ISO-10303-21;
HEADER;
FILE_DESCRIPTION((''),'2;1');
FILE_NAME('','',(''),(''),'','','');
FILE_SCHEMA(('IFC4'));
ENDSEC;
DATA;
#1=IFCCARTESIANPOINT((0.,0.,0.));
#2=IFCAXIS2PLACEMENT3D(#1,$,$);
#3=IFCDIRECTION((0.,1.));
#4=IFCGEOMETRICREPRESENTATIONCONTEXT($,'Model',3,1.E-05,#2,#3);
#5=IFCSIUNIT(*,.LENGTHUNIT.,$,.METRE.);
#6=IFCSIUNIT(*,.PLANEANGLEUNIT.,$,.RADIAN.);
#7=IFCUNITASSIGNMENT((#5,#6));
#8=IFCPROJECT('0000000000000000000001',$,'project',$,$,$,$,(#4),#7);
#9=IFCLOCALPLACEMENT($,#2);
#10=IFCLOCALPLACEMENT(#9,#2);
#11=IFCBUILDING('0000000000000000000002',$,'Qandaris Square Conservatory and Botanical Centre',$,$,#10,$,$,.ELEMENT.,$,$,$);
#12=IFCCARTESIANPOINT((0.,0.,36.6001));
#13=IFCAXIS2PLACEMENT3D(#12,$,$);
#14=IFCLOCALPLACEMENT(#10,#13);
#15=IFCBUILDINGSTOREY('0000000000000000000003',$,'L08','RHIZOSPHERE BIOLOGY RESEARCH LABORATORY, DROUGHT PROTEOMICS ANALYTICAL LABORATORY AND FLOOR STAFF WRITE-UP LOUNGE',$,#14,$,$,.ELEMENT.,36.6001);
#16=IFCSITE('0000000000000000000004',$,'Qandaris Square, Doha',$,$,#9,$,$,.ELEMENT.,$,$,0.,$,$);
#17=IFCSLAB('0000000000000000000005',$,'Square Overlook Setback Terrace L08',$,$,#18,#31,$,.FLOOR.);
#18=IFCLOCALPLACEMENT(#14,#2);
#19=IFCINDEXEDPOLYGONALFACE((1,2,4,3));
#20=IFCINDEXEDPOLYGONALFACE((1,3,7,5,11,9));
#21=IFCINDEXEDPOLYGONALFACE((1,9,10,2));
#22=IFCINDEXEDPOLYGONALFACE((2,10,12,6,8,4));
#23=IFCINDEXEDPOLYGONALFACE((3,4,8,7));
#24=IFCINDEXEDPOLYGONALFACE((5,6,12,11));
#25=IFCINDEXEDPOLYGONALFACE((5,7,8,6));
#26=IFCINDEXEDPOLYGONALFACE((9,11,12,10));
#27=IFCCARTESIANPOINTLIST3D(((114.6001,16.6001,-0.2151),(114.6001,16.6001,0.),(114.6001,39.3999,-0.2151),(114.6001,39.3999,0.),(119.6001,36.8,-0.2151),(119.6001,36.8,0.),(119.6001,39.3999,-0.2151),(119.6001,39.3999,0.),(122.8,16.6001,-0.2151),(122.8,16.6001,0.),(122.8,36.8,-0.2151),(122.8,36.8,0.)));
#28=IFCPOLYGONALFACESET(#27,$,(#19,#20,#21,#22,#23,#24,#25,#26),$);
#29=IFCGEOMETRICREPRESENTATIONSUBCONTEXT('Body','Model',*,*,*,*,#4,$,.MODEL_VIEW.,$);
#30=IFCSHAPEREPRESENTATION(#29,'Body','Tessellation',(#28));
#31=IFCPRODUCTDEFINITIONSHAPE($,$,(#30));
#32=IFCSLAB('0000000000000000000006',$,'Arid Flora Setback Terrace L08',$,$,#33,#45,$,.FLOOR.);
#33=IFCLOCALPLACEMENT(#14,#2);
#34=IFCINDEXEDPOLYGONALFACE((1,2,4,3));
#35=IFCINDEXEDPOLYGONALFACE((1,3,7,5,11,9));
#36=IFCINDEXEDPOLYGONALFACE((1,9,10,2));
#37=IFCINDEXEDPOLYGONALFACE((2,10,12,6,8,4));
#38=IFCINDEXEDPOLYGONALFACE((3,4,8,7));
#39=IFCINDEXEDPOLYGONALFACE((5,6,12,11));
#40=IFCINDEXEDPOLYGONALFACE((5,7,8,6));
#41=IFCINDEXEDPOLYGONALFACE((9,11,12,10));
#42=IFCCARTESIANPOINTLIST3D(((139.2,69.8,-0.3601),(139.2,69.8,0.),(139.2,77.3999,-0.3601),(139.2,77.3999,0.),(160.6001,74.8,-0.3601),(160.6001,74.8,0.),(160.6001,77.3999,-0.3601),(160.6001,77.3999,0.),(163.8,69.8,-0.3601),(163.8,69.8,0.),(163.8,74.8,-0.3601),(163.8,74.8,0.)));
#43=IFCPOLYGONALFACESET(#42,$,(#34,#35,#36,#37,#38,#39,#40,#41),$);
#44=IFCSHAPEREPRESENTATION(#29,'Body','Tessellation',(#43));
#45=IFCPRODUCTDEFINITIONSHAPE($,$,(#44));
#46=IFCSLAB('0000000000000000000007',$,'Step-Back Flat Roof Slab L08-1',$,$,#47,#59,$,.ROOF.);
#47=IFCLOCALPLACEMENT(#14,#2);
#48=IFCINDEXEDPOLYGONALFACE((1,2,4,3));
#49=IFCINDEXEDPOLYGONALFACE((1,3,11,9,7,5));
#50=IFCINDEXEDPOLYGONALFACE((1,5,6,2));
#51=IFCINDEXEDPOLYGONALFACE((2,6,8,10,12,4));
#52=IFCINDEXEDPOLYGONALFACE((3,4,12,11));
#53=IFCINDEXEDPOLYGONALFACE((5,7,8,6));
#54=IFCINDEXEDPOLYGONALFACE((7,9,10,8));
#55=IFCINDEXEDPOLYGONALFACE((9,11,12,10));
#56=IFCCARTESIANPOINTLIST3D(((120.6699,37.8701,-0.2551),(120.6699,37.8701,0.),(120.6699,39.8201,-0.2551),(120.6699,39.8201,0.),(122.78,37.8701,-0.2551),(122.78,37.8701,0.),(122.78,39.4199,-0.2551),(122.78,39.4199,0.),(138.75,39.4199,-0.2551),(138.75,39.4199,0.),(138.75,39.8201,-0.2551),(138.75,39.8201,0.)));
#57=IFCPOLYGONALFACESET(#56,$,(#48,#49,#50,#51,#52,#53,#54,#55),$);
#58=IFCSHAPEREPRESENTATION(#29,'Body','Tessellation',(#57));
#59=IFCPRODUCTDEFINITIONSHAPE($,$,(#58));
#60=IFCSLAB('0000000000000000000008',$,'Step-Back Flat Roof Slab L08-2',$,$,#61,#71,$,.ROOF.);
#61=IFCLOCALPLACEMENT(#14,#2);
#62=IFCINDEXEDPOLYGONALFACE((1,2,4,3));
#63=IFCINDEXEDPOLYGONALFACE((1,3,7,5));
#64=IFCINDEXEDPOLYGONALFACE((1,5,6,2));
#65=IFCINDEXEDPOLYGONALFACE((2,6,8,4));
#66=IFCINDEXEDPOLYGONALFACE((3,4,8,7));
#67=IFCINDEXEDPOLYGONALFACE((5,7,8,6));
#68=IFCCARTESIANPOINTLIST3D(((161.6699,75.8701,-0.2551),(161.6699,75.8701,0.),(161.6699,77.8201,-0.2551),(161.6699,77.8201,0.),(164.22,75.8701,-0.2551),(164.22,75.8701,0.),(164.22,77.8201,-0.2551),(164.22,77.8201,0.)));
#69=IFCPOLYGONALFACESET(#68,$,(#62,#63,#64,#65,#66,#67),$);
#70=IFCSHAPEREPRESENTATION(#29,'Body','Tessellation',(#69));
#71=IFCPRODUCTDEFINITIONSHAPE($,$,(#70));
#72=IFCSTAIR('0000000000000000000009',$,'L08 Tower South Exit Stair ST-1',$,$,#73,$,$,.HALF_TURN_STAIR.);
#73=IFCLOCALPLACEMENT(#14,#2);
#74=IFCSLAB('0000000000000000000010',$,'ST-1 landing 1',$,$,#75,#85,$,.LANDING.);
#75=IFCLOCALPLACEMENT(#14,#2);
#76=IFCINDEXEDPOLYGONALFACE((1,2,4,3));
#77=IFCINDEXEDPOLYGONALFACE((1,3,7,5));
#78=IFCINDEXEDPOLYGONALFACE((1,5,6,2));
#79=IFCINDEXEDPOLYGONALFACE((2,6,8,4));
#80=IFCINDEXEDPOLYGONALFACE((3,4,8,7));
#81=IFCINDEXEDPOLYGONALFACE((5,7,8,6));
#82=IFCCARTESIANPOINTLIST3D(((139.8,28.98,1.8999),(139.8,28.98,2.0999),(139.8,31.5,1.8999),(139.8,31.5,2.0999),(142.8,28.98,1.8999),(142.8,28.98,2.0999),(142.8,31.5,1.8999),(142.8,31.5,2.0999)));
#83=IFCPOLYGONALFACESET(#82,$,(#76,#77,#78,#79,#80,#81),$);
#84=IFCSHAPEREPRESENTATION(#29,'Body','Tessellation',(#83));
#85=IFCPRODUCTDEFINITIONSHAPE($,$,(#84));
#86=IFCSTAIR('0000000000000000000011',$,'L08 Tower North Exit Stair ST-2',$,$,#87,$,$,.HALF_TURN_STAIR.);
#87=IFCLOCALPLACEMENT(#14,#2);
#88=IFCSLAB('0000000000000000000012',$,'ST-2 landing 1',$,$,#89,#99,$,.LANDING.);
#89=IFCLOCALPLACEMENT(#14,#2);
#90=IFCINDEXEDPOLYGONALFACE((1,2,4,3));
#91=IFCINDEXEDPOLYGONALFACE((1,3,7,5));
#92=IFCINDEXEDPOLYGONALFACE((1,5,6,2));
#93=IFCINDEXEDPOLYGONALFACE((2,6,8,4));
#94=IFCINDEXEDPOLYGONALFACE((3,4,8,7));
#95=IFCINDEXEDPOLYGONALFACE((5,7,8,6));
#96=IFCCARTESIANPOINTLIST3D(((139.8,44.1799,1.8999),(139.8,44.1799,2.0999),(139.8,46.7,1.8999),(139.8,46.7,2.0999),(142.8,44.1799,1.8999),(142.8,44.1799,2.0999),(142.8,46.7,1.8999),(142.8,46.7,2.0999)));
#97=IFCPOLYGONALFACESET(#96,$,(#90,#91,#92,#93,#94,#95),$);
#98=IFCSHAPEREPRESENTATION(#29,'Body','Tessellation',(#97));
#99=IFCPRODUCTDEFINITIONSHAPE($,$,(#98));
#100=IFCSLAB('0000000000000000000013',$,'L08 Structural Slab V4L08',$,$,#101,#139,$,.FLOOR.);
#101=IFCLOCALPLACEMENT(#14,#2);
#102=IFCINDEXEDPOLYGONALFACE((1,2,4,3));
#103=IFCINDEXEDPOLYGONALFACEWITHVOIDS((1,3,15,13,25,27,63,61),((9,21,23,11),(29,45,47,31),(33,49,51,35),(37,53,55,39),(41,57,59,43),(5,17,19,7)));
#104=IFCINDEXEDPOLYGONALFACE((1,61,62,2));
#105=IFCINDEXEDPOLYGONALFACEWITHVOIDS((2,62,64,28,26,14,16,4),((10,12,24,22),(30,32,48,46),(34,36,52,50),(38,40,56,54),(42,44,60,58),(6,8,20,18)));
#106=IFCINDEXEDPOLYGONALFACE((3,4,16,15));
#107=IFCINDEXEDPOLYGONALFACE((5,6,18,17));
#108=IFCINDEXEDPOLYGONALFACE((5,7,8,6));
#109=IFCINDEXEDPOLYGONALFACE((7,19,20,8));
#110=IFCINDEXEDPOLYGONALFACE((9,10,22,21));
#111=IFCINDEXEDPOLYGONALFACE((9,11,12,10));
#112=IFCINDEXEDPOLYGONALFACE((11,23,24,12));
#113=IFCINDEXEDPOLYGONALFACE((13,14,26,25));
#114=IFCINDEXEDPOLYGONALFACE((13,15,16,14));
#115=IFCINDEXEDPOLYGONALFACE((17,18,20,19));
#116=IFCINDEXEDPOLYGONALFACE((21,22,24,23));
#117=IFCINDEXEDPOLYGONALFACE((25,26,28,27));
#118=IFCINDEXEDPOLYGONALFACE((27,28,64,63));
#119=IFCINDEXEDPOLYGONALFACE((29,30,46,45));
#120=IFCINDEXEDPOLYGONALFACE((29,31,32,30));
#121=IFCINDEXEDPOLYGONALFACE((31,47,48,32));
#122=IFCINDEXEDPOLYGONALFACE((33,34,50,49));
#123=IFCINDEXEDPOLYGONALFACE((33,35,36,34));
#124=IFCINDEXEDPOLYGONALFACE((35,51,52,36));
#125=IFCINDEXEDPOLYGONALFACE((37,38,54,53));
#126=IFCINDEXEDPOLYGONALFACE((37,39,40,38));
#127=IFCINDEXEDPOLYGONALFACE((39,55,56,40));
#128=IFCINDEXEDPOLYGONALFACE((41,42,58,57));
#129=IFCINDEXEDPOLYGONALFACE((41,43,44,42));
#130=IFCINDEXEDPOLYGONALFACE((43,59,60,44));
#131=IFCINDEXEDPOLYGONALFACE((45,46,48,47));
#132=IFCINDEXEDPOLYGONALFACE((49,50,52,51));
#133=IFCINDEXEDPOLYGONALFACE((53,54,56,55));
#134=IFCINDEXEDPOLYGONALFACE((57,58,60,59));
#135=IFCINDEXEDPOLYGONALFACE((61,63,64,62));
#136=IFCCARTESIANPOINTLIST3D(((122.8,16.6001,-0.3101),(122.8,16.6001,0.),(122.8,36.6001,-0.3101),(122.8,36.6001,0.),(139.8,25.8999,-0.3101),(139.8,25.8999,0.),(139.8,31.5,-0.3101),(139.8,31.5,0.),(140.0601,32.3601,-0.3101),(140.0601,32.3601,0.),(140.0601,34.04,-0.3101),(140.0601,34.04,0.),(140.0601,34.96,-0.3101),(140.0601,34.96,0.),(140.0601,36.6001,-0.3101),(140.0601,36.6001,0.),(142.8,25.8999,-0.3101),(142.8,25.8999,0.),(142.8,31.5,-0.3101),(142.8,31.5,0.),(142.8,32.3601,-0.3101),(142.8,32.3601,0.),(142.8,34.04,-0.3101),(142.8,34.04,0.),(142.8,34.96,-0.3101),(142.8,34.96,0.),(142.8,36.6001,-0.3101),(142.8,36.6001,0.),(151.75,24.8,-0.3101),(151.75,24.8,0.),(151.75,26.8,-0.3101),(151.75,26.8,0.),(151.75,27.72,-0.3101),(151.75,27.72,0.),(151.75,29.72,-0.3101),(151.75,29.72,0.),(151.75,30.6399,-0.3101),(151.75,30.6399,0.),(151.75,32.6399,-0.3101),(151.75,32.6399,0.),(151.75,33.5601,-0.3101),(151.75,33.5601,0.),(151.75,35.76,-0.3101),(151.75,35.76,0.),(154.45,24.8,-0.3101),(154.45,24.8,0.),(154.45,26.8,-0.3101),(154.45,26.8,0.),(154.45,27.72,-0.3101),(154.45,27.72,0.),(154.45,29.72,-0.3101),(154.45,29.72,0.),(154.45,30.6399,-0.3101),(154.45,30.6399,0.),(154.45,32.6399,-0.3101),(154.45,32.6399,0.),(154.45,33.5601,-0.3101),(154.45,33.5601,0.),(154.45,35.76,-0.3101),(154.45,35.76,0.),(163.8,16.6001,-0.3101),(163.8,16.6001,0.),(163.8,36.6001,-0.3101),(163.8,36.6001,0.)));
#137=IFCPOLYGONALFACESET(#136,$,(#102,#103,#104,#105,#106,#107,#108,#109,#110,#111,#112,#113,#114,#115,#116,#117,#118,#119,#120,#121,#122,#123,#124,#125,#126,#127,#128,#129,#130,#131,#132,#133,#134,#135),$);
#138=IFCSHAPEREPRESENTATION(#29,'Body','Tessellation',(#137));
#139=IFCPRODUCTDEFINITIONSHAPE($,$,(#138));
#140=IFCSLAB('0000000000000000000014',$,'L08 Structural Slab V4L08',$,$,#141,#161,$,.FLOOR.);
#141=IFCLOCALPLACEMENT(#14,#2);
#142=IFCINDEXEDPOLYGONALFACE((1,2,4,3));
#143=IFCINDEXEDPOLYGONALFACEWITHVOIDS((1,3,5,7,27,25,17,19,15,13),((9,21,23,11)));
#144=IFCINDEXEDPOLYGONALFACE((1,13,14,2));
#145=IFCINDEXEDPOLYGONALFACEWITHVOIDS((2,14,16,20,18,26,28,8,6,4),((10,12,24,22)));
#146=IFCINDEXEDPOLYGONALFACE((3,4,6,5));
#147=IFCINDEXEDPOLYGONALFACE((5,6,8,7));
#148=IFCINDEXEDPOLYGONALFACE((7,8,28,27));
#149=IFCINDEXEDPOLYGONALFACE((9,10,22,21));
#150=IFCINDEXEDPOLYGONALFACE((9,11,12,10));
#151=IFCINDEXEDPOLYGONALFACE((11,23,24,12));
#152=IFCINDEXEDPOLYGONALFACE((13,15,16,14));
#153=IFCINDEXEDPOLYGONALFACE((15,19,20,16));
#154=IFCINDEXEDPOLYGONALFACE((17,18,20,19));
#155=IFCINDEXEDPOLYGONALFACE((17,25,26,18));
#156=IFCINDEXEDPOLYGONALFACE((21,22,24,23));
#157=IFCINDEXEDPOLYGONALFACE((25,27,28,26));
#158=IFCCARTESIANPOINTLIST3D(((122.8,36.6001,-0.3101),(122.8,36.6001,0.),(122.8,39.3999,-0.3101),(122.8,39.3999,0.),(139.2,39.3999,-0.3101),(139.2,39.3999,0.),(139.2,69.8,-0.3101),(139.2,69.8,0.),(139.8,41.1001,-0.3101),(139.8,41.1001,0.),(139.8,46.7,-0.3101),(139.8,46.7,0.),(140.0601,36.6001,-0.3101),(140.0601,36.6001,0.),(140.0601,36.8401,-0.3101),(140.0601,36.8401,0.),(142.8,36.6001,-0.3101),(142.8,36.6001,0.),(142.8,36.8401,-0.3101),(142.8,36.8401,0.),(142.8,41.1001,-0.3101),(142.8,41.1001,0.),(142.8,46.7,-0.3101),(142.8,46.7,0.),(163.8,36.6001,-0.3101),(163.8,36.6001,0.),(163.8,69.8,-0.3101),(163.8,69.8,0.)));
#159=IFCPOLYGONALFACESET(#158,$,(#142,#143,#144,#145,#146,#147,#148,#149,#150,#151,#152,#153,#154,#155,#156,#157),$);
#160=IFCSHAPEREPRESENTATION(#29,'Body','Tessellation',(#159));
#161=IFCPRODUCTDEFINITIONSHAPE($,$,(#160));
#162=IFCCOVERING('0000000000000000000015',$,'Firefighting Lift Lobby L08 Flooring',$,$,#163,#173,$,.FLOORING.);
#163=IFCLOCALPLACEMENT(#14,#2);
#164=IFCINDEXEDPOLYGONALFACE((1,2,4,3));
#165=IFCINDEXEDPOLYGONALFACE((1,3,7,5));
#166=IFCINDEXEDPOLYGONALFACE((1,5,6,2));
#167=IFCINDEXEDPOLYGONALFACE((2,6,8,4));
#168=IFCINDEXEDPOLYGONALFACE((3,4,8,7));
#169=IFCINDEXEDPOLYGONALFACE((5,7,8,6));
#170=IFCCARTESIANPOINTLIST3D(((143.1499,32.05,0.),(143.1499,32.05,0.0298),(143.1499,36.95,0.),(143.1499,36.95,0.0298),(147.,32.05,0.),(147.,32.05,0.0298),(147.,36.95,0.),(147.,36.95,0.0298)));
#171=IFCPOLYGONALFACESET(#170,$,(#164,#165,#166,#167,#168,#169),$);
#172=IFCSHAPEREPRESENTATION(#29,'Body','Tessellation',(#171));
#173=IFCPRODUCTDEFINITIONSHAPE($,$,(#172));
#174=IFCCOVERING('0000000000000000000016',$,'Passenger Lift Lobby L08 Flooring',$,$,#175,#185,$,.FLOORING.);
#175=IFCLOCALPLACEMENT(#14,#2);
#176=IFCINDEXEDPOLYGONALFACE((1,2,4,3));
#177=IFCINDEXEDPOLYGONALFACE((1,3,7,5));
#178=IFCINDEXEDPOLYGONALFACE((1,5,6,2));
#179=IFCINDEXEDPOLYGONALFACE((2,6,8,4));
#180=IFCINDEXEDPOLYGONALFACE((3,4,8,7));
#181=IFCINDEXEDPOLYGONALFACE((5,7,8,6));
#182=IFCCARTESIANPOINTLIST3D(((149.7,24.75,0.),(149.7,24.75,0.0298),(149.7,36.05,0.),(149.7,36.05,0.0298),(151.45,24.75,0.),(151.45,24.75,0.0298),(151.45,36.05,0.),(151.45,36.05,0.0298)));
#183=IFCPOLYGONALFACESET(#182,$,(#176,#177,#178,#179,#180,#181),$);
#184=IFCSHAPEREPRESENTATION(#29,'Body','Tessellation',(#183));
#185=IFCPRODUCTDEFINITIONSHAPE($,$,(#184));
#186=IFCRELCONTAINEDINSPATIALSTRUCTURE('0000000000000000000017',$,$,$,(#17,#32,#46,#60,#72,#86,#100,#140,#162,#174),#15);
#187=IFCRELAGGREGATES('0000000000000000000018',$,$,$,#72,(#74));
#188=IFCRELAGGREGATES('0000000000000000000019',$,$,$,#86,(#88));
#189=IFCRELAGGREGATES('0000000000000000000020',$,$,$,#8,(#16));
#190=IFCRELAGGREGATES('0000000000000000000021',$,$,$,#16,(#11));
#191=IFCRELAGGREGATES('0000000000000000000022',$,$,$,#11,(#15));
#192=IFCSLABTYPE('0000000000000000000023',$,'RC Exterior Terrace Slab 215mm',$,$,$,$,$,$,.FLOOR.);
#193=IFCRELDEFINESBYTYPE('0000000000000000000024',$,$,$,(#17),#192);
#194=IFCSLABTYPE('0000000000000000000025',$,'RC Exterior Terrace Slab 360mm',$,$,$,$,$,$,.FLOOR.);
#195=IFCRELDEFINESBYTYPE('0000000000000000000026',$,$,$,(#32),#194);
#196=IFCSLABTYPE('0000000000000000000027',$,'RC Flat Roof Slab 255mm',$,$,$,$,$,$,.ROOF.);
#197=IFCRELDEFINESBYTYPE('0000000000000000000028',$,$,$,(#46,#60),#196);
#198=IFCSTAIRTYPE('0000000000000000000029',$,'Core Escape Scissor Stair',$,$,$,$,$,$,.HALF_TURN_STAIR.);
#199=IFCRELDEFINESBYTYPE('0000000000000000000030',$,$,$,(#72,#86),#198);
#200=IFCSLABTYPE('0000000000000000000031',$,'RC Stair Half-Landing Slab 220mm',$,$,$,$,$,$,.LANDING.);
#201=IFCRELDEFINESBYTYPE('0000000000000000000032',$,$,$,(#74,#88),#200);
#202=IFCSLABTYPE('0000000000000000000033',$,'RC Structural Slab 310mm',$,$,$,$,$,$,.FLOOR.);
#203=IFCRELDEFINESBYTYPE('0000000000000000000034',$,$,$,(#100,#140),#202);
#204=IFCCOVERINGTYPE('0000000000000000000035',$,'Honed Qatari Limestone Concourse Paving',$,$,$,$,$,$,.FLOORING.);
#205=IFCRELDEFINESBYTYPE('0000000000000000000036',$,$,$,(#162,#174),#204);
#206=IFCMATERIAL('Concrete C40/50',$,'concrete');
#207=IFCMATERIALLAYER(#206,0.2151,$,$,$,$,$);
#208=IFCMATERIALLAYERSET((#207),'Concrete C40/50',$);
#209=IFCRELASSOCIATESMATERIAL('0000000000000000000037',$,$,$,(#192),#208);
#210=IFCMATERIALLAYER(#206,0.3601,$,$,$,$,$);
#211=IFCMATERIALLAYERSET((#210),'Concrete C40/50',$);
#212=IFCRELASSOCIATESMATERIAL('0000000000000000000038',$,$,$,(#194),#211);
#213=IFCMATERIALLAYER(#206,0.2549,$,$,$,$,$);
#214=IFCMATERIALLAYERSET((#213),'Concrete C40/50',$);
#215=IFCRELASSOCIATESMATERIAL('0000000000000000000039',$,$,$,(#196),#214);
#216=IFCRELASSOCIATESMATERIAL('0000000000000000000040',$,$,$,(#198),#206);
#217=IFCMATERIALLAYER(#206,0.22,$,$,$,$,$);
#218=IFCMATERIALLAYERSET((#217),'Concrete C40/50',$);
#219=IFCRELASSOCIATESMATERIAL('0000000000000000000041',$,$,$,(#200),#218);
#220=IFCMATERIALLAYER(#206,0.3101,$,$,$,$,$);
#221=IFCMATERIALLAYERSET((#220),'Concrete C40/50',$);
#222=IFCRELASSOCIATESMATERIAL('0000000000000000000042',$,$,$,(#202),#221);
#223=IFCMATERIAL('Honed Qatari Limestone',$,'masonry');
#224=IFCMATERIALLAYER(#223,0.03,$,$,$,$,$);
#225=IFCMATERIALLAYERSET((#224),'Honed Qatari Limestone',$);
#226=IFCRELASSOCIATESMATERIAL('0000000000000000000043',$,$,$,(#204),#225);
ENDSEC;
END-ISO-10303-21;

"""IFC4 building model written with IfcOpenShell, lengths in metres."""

from ifc_helpers import new_model, si_unit, direction, frame, origin, place, context, subcontext, project, spatial, polyline, outline, extrude, material, layer, layer_set, type_object, element, aggregate, save


model = new_model("IFC4")

# Units and contexts
model_context = context("Model", 3, precision=1e-05, world=origin(), true_north=direction((0.0, 1.0)))
body_context = subcontext(model_context, "Body", "Model", "MODEL_VIEW")
ifc_project = project(units=[si_unit("LENGTHUNIT", "METRE"), si_unit("PLANEANGLEUNIT", "RADIAN")], contexts=[model_context])

# Site, building, storey
site_placement = place(None, origin())
site = spatial("IfcSite", under=ifc_project, at=site_placement, Name="Qandaris Square, Doha", CompositionType="ELEMENT", RefElevation=0.0)
building_placement = place(site_placement, origin())
building = spatial("IfcBuilding", under=site, at=building_placement, Name="Qandaris Square Conservatory and Botanical Centre", CompositionType="ELEMENT")
storey_placement = place(building_placement, frame((0.0, 0.0, 36.6001)))
storey = spatial("IfcBuildingStorey", under=building, at=storey_placement, Name="L08", Description="RHIZOSPHERE BIOLOGY RESEARCH LABORATORY, DROUGHT PROTEOMICS ANALYTICAL LABORATORY AND FLOOR STAFF WRITE-UP LOUNGE", CompositionType="ELEMENT", Elevation=36.6001)

# Slabs
ifc_material_1 = material(Name="Concrete C40/50", Category="concrete")
ifc_layer_1 = layer(ifc_material_1, 0.2151)
ifc_layer_set_1 = layer_set([ifc_layer_1], Name="Concrete C40/50")
slab_type_1 = type_object("IfcSlabType", Name="RC Exterior Terrace Slab 215mm", PredefinedType="FLOOR", material=ifc_layer_set_1)
slab_1_placement = place(storey_placement, frame((0.0, 0.0, -0.2151)))
element("IfcSlab", 1, at=slab_1_placement, inside=storey, type_object=slab_type_1, Name="Square Overlook Setback Terrace L08", PredefinedType="FLOOR", context=body_context, shape_type="SweptSolid", body=[
    extrude(outline(polyline([(122.8, 16.6001), (114.6001, 16.6001), (114.6001, 39.3999), (119.6001, 39.3999), (119.6001, 36.8), (122.8, 36.8), (122.8, 16.6001)])), origin(), (0.0, 0.0, 1.0), 0.2151),
])
ifc_layer_2 = layer(ifc_material_1, 0.3601)
ifc_layer_set_2 = layer_set([ifc_layer_2], Name="Concrete C40/50")
slab_type_2 = type_object("IfcSlabType", Name="RC Exterior Terrace Slab 360mm", PredefinedType="FLOOR", material=ifc_layer_set_2)
slab_2_placement = place(storey_placement, frame((0.0, 0.0, -0.3601)))
element("IfcSlab", 2, at=slab_2_placement, inside=storey, type_object=slab_type_2, Name="Arid Flora Setback Terrace L08", PredefinedType="FLOOR", context=body_context, shape_type="SweptSolid", body=[
    extrude(outline(polyline([(163.8, 69.8), (139.2, 69.8), (139.2, 77.3999), (160.6001, 77.3999), (160.6001, 74.8), (163.8, 74.8), (163.8, 69.8)])), origin(), (0.0, 0.0, 1.0), 0.3601),
])
ifc_layer_3 = layer(ifc_material_1, 0.2549)
ifc_layer_set_3 = layer_set([ifc_layer_3], Name="Concrete C40/50")
slab_type_3 = type_object("IfcSlabType", Name="RC Flat Roof Slab 255mm", PredefinedType="ROOF", material=ifc_layer_set_3)
slab_3_placement = place(storey_placement, frame((0.0, 0.0, -0.2551)))
element("IfcSlab", 3, at=slab_3_placement, inside=storey, type_object=slab_type_3, Name="Step-Back Flat Roof Slab L08-1", PredefinedType="ROOF", context=body_context, shape_type="SweptSolid", body=[
    extrude(outline(polyline([(122.78, 39.4199), (122.78, 37.8701), (120.6699, 37.8701), (120.6699, 39.8201), (138.75, 39.8201), (138.75, 39.4199), (122.78, 39.4199)])), origin(), (0.0, 0.0, 1.0), 0.2551),
])
slab_4_placement = place(storey_placement, frame((0.0, 0.0, -0.2551)))
element("IfcSlab", 4, at=slab_4_placement, inside=storey, type_object=slab_type_3, Name="Step-Back Flat Roof Slab L08-2", PredefinedType="ROOF", context=body_context, shape_type="SweptSolid", body=[
    extrude(outline(polyline([(164.22, 75.8701), (161.6699, 75.8701), (161.6699, 77.8201), (164.22, 77.8201), (164.22, 75.8701)])), origin(), (0.0, 0.0, 1.0), 0.2551),
])

# Stairs, slabs
stair_type = type_object("IfcStairType", Name="Core Escape Scissor Stair", PredefinedType="HALF_TURN_STAIR", material=ifc_material_1)
stair_1_placement = place(storey_placement, origin())
stair_1 = element("IfcStair", 5, at=stair_1_placement, inside=storey, type_object=stair_type, Name="L08 Tower South Exit Stair ST-1", PredefinedType="HALF_TURN_STAIR")
ifc_layer_4 = layer(ifc_material_1, 0.22)
ifc_layer_set_4 = layer_set([ifc_layer_4], Name="Concrete C40/50")
slab_type_4 = type_object("IfcSlabType", Name="RC Stair Half-Landing Slab 220mm", PredefinedType="LANDING", material=ifc_layer_set_4)
slab_5_placement = place(storey_placement, frame((0.0, 0.0, 1.8999)))
slab_5 = element("IfcSlab", 6, at=slab_5_placement, type_object=slab_type_4, Name="ST-1 landing 1", PredefinedType="LANDING", context=body_context, shape_type="SweptSolid", body=[
    extrude(outline(polyline([(142.8, 28.98), (142.8, 31.5), (139.8, 31.5), (139.8, 28.98), (142.8, 28.98)])), origin(), (0.0, 0.0, 1.0), 0.2),
])
aggregate(stair_1, [slab_5])
stair_2_placement = place(storey_placement, origin())
stair_2 = element("IfcStair", 7, at=stair_2_placement, inside=storey, type_object=stair_type, Name="L08 Tower North Exit Stair ST-2", PredefinedType="HALF_TURN_STAIR")
slab_6_placement = place(storey_placement, frame((0.0, 0.0, 1.8999)))
slab_6 = element("IfcSlab", 8, at=slab_6_placement, type_object=slab_type_4, Name="ST-2 landing 1", PredefinedType="LANDING", context=body_context, shape_type="SweptSolid", body=[
    extrude(outline(polyline([(142.8, 44.1799), (142.8, 46.7), (139.8, 46.7), (139.8, 44.1799), (142.8, 44.1799)])), origin(), (0.0, 0.0, 1.0), 0.2),
])
aggregate(stair_2, [slab_6])

# Slabs
ifc_layer_5 = layer(ifc_material_1, 0.3101)
ifc_layer_set_5 = layer_set([ifc_layer_5], Name="Concrete C40/50")
slab_type_5 = type_object("IfcSlabType", Name="RC Structural Slab 310mm", PredefinedType="FLOOR", material=ifc_layer_set_5)
slab_7_placement = place(storey_placement, frame((0.0, 0.0, -0.3101)))
element("IfcSlab", 9, at=slab_7_placement, inside=storey, type_object=slab_type_5, Name="L08 Structural Slab V4L08", PredefinedType="FLOOR", context=body_context, shape_type="SweptSolid", body=[
    extrude(outline(polyline([(163.8, 16.6001), (122.8, 16.6001), (122.8, 36.6001), (140.0601, 36.6001), (140.0601, 34.96), (142.8, 34.96), (142.8, 36.6001), (163.8, 36.6001), (163.8, 16.6001)]), holes=[polyline([(151.75, 24.8), (154.45, 24.8), (154.45, 26.8), (151.75, 26.8), (151.75, 24.8)]), polyline([(139.8, 25.8999), (142.8, 25.8999), (142.8, 31.5), (139.8, 31.5), (139.8, 25.8999)]), polyline([(151.75, 27.72), (154.45, 27.72), (154.45, 29.72), (151.75, 29.72), (151.75, 27.72)]), polyline([(151.75, 30.6399), (154.45, 30.6399), (154.45, 32.6399), (151.75, 32.6399), (151.75, 30.6399)]), polyline([(140.0601, 32.3601), (142.8, 32.3601), (142.8, 34.04), (140.0601, 34.04), (140.0601, 32.3601)]), polyline([(151.75, 33.5601), (154.45, 33.5601), (154.45, 35.76), (151.75, 35.76), (151.75, 33.5601)])]), origin(), (0.0, 0.0, 1.0), 0.3101),
])
slab_8_placement = place(storey_placement, frame((0.0, 0.0, -0.3101)))
element("IfcSlab", 10, at=slab_8_placement, inside=storey, type_object=slab_type_5, Name="L08 Structural Slab V4L08", PredefinedType="FLOOR", context=body_context, shape_type="SweptSolid", body=[
    extrude(outline(polyline([(139.2, 39.3999), (139.2, 69.8), (163.8, 69.8), (163.8, 36.6001), (142.8, 36.6001), (142.8, 36.8401), (140.0601, 36.8401), (140.0601, 36.6001), (122.8, 36.6001), (122.8, 39.3999), (139.2, 39.3999)]), holes=[polyline([(139.8, 41.1001), (142.8, 41.1001), (142.8, 46.7), (139.8, 46.7), (139.8, 41.1001)])]), origin(), (0.0, 0.0, 1.0), 0.3101),
])

# Coverings
ifc_material_2 = material(Name="Honed Qatari Limestone", Category="masonry")
ifc_layer_6 = layer(ifc_material_2, 0.03)
ifc_layer_set_6 = layer_set([ifc_layer_6], Name="Honed Qatari Limestone")
covering_type_1 = type_object("IfcCoveringType", Name="Honed Qatari Limestone Concourse Paving", PredefinedType="FLOORING", material=ifc_layer_set_6)
covering_1_placement = place(storey_placement, origin())
element("IfcCovering", 11, at=covering_1_placement, inside=storey, type_object=covering_type_1, Name="Firefighting Lift Lobby L08 Flooring", PredefinedType="FLOORING", context=body_context, shape_type="SweptSolid", body=[
    extrude(outline(polyline([(143.1499, 36.95), (147.0, 36.95), (147.0, 32.05), (143.1499, 32.05), (143.1499, 36.95)])), origin(), (0.0, 0.0, 1.0), 0.0298),
])
covering_2_placement = place(storey_placement, origin())
element("IfcCovering", 12, at=covering_2_placement, inside=storey, type_object=covering_type_1, Name="Passenger Lift Lobby L08 Flooring", PredefinedType="FLOORING", context=body_context, shape_type="SweptSolid", body=[
    extrude(outline(polyline([(149.7, 36.05), (151.45, 36.05), (151.45, 24.75), (149.7, 24.75), (149.7, 36.05)])), origin(), (0.0, 0.0, 1.0), 0.0298),
])

save(model, "model.ifc")
